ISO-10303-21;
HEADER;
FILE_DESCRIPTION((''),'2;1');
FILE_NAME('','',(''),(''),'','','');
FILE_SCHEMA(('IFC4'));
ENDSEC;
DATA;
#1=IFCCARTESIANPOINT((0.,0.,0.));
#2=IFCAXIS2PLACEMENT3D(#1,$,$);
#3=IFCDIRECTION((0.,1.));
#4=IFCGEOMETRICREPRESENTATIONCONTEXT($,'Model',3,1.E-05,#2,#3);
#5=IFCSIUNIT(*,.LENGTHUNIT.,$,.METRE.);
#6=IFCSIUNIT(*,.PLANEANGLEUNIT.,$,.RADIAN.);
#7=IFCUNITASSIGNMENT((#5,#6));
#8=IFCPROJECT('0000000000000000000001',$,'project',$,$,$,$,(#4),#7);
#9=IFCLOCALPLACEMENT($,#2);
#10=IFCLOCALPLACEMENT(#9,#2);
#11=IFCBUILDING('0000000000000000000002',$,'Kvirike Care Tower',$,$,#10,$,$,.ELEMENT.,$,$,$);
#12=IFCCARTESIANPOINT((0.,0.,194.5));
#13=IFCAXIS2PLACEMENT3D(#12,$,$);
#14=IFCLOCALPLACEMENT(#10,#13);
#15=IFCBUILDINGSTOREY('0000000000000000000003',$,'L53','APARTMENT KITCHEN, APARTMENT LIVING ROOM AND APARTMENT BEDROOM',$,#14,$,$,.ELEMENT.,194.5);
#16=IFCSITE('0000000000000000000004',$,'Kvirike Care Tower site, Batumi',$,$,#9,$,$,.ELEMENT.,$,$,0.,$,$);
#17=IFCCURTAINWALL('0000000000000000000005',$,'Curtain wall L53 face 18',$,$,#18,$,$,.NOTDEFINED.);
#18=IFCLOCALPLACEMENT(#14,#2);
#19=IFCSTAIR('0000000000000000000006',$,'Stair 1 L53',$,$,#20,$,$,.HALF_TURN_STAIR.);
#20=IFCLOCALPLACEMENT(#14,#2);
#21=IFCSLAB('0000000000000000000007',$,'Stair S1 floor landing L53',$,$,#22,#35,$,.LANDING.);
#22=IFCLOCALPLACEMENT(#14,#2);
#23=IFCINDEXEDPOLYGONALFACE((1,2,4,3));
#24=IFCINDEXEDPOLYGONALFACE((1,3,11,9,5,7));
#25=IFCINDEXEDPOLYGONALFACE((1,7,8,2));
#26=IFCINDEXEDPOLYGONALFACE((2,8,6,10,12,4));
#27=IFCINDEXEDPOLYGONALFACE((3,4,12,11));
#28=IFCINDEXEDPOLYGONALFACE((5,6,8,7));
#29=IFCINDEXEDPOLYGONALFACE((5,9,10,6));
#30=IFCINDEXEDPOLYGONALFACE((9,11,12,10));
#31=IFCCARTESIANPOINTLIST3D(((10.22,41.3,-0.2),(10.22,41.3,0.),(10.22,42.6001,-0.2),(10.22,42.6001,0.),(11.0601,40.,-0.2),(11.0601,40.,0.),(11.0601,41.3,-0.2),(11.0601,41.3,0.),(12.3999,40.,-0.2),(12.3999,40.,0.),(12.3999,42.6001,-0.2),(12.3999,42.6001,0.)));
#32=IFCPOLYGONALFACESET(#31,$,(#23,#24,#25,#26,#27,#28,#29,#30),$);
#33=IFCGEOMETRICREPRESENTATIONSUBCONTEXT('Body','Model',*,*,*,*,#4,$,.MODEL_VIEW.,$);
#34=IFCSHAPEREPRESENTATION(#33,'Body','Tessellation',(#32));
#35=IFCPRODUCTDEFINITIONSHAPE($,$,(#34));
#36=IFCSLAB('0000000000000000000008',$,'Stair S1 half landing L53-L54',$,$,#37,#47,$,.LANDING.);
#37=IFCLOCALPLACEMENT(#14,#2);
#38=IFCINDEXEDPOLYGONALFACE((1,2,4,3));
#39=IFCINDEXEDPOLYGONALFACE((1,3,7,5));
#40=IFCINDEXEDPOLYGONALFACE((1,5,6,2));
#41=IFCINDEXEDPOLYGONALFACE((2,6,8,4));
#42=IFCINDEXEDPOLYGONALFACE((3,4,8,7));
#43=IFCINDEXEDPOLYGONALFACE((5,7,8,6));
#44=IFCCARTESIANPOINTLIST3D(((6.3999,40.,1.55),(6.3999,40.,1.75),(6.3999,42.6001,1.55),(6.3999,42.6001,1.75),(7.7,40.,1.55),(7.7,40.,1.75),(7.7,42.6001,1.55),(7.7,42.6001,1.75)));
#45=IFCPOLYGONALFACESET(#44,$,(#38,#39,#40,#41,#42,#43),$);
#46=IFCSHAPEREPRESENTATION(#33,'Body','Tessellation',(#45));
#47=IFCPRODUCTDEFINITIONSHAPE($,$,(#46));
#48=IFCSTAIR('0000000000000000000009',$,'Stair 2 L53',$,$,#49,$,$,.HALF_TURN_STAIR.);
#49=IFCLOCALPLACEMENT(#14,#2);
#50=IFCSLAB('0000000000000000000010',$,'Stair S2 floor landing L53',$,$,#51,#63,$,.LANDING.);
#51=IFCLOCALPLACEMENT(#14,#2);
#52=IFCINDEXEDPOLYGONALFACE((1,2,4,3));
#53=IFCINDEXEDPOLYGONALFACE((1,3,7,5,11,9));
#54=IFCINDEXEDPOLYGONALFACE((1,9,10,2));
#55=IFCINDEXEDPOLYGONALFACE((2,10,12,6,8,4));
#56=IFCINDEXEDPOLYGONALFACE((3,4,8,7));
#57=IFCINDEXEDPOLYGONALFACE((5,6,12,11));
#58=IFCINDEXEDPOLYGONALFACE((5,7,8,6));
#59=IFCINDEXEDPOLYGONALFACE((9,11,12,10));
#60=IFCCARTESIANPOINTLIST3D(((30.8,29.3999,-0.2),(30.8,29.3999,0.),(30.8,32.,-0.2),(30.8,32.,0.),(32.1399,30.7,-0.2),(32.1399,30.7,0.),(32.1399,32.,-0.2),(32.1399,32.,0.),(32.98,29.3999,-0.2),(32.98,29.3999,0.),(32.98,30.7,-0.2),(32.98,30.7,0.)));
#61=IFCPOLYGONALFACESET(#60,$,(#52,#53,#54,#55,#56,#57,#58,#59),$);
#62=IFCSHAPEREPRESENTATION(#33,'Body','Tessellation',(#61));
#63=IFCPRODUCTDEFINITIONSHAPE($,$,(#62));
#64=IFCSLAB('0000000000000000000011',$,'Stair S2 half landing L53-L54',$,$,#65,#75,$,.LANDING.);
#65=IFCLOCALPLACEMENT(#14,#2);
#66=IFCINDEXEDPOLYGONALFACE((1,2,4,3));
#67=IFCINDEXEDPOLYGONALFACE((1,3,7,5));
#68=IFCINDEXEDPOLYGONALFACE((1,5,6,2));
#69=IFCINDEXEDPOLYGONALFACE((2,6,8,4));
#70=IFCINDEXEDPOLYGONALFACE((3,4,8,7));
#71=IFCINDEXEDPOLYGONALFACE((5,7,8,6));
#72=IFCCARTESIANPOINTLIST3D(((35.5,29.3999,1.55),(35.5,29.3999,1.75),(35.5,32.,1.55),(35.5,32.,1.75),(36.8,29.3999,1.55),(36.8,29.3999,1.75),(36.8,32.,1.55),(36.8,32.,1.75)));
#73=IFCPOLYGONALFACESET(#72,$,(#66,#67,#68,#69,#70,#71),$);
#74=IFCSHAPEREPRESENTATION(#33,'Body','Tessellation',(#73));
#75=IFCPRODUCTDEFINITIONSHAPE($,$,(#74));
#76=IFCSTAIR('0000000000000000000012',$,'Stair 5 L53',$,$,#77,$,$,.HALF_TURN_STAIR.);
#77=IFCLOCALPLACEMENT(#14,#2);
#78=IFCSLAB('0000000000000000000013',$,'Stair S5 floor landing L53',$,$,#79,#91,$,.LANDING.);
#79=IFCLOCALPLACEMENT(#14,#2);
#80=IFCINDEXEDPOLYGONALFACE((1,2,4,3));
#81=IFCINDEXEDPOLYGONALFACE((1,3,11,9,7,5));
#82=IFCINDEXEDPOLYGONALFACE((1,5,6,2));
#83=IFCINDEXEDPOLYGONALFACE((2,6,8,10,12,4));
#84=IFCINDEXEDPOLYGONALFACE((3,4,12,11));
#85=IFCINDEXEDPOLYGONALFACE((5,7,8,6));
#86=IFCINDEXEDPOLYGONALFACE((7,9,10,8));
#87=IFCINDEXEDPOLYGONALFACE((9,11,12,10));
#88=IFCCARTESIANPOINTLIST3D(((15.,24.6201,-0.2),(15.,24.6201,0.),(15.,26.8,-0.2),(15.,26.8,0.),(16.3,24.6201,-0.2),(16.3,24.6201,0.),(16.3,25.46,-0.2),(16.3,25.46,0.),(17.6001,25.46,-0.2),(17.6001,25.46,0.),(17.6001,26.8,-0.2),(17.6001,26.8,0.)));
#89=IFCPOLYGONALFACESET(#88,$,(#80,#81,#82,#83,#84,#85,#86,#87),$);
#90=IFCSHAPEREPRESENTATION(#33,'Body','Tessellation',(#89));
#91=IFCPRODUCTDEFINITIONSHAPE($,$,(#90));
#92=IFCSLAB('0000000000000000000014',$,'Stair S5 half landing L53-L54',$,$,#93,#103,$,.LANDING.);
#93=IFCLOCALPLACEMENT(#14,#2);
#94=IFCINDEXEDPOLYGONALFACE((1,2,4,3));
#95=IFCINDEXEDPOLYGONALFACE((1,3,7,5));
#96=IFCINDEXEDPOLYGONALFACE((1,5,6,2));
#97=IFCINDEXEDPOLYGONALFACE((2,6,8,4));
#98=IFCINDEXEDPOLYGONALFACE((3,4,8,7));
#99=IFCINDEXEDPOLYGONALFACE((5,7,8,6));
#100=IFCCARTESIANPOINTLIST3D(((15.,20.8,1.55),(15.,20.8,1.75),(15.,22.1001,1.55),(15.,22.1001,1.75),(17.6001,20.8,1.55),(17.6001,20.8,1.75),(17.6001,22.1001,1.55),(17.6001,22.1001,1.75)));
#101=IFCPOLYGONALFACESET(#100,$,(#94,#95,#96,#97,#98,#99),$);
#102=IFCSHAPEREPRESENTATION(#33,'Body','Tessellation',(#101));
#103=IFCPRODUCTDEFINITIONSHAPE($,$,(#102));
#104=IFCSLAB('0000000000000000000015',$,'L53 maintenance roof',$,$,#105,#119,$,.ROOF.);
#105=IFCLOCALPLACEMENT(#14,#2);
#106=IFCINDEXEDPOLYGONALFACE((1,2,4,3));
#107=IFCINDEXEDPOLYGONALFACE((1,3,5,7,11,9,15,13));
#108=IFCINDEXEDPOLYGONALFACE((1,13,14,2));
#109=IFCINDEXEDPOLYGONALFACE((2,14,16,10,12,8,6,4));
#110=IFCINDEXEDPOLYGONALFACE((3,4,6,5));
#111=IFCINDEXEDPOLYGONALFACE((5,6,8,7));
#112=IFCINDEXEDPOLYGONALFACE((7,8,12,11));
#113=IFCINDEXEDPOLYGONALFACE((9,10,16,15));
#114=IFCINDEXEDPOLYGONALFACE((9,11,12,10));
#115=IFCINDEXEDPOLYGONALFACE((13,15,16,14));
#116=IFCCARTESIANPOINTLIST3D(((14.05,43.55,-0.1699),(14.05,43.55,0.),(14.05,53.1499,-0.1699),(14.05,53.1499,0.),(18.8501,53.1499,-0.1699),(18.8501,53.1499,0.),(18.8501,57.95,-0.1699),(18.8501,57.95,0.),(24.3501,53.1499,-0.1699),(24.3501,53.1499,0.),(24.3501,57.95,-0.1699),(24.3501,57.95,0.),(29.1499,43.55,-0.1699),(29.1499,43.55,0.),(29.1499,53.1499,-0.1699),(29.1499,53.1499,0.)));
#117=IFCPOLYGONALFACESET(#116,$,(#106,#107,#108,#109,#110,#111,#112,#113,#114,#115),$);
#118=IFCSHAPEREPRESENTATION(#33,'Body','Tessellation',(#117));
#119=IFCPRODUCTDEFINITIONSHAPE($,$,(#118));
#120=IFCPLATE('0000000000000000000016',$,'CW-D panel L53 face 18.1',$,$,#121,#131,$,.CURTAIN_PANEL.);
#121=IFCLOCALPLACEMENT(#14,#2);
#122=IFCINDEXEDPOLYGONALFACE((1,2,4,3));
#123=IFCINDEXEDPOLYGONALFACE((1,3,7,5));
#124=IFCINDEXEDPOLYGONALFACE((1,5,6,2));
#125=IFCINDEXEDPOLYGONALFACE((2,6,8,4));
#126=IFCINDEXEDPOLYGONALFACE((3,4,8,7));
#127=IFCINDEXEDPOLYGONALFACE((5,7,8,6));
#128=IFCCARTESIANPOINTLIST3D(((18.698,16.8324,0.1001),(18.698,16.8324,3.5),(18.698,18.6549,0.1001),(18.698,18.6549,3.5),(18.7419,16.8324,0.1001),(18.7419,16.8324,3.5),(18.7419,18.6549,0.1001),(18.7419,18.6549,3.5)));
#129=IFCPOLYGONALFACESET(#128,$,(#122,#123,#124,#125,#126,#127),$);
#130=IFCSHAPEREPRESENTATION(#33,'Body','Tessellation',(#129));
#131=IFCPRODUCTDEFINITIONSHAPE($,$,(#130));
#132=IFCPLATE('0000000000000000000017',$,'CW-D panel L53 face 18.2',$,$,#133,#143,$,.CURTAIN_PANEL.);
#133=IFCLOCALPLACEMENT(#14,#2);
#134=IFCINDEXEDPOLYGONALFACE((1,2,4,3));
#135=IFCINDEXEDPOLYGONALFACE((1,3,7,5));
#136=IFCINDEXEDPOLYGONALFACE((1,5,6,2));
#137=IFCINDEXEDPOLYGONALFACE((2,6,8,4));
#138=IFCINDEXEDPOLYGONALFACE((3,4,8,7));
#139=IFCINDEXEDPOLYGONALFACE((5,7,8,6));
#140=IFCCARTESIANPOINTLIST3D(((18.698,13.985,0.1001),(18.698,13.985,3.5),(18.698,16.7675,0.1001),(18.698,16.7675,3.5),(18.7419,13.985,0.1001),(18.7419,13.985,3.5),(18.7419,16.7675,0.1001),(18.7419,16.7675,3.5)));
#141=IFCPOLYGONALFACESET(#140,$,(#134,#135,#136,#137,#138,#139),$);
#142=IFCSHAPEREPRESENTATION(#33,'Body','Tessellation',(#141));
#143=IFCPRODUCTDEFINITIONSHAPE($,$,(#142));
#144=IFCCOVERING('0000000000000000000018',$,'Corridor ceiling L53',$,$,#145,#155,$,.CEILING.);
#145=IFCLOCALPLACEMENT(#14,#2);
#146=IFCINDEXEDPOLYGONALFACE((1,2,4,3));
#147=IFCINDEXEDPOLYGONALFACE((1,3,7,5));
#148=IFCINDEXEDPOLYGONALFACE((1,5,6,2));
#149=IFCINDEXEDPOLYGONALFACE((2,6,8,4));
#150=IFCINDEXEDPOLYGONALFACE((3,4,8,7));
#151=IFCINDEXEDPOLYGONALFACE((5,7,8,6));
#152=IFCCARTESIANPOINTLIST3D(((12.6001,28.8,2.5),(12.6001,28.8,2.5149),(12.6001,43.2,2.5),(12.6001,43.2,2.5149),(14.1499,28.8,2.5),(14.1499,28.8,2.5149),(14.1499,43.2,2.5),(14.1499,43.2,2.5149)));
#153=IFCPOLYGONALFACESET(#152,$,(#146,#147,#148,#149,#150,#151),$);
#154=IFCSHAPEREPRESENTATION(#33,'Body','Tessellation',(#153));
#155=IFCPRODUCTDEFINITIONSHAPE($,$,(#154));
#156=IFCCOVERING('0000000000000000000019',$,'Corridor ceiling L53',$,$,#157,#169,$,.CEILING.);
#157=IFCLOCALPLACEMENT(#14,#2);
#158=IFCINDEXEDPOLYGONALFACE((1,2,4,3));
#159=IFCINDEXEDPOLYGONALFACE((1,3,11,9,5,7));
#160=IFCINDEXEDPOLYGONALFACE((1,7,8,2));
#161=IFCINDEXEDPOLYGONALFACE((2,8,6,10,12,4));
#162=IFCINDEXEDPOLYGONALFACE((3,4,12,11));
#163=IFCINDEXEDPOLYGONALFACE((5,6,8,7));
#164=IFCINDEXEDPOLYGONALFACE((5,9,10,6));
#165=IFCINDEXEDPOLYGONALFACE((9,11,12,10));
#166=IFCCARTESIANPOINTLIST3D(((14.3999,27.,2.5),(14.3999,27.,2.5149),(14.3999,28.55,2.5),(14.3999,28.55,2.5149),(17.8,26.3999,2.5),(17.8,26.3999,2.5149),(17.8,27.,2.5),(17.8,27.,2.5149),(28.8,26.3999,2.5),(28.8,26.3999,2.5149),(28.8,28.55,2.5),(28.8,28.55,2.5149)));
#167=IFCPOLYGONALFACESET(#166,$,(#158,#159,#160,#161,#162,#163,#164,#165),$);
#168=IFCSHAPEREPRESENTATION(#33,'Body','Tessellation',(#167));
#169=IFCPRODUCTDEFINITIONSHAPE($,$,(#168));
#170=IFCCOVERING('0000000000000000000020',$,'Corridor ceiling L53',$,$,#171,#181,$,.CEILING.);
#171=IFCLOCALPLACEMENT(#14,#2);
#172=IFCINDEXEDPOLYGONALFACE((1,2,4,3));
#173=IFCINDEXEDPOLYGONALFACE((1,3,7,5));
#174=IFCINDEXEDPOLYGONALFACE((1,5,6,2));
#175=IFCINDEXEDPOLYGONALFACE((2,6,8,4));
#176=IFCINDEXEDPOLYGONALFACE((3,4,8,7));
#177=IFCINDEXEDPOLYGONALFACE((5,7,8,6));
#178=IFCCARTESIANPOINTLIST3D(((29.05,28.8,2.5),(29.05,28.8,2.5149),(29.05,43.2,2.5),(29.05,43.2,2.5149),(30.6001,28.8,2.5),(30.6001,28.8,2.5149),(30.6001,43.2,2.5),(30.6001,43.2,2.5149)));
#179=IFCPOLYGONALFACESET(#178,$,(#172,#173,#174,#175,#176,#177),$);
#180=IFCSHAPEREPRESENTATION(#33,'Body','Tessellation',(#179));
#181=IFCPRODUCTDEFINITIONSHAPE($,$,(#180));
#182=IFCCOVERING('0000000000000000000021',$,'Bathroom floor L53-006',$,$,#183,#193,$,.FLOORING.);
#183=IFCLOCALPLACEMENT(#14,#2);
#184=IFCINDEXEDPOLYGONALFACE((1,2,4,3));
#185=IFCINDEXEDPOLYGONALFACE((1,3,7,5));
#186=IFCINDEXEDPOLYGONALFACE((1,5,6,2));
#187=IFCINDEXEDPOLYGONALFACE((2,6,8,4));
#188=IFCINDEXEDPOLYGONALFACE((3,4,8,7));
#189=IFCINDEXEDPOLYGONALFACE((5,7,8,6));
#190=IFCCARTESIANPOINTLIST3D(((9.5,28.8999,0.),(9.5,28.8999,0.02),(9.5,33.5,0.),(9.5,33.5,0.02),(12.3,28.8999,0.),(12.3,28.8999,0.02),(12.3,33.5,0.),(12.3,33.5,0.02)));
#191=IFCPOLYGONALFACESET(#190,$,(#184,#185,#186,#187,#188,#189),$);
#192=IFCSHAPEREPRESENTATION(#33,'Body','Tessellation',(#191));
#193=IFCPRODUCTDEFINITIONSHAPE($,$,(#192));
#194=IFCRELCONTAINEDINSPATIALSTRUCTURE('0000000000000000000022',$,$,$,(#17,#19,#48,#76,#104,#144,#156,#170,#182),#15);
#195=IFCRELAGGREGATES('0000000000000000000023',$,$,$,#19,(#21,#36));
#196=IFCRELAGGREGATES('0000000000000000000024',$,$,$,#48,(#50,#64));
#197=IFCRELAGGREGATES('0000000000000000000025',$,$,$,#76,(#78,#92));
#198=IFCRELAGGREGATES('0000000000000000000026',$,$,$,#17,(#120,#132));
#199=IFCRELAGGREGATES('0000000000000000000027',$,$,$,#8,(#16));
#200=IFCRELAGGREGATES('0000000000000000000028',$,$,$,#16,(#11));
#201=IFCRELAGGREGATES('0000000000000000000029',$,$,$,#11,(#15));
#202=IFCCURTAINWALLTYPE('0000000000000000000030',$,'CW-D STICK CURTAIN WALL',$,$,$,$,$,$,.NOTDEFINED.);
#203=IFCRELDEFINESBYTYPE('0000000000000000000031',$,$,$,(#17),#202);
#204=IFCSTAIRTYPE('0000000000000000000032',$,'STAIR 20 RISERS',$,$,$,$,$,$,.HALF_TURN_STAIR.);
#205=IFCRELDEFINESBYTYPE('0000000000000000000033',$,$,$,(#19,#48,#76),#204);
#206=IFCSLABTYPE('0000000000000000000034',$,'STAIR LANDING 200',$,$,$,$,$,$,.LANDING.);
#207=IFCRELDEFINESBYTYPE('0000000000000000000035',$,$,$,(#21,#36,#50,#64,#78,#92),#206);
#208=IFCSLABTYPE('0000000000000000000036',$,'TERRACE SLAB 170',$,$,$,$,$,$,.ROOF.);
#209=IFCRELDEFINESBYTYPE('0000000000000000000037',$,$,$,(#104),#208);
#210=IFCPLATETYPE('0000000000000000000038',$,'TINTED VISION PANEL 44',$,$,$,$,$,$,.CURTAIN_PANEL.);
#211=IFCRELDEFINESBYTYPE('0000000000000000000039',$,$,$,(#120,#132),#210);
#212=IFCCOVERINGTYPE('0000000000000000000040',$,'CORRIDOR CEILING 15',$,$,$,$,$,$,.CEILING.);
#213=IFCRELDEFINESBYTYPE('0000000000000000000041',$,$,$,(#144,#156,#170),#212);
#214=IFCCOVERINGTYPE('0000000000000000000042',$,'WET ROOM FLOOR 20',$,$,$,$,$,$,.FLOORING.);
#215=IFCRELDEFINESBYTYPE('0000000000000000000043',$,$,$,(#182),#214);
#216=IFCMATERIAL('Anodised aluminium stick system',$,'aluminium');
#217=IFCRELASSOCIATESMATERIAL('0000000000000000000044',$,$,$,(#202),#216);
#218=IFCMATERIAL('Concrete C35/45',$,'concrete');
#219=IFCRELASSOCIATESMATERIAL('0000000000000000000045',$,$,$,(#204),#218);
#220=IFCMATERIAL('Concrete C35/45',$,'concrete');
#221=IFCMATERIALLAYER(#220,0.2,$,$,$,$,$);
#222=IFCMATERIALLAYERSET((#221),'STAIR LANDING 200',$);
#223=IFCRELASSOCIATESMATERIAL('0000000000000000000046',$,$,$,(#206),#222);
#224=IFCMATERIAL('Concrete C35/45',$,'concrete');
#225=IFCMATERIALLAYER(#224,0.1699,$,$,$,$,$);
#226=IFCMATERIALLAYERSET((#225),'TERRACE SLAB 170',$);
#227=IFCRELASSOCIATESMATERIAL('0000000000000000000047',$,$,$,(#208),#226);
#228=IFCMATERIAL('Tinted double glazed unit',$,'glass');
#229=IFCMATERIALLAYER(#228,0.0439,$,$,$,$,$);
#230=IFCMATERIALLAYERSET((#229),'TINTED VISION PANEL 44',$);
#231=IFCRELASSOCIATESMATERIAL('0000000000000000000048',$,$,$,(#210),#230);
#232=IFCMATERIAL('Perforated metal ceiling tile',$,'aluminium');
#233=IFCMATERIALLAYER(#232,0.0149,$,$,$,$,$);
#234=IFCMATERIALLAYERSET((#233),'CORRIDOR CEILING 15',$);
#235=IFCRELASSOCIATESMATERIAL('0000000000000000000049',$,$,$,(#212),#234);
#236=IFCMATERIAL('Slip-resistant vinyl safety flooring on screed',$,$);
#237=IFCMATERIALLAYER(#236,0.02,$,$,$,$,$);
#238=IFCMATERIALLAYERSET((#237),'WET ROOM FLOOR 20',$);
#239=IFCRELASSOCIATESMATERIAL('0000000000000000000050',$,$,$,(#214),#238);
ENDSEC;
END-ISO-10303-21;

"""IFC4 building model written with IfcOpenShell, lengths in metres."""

from ifc_helpers import new_model, si_unit, direction, frame, origin, origin_2d, place, context, subcontext, project, spatial, polyline, rectangle, outline, extrude, material, layer, layer_set, type_object, element, aggregate, save


model = new_model("IFC4")

# Units and contexts
model_context = context("Model", 3, precision=1e-05, world=origin(), true_north=direction((0.0, 1.0)))
body_context = subcontext(model_context, "Body", "Model", "MODEL_VIEW")
ifc_project = project(units=[si_unit("LENGTHUNIT", "METRE"), si_unit("PLANEANGLEUNIT", "RADIAN")], contexts=[model_context])

# Site, building, storey
site_placement = place(None, origin())
site = spatial("IfcSite", under=ifc_project, at=site_placement, Name="Kvirike Care Tower site, Batumi", CompositionType="ELEMENT", RefElevation=0.0)
building_placement = place(site_placement, origin())
building = spatial("IfcBuilding", under=site, at=building_placement, Name="Kvirike Care Tower", CompositionType="ELEMENT")
storey_placement = place(building_placement, frame((0.0, 0.0, 194.5)))
storey = spatial("IfcBuildingStorey", under=building, at=storey_placement, Name="L53", Description="APARTMENT KITCHEN, APARTMENT LIVING ROOM AND APARTMENT BEDROOM", CompositionType="ELEMENT", Elevation=194.5)

# Shared definitions
ifc_material_1 = material(Name="Anodised aluminium stick system", Category="aluminium")
curtain_wall_type = type_object("IfcCurtainWallType", Name="CW-D STICK CURTAIN WALL", PredefinedType="NOTDEFINED", material=ifc_material_1)

# Curtain wall
curtain_wall_1_placement = place(storey_placement, origin())
curtain_wall_1 = element("IfcCurtainWall", 1, at=curtain_wall_1_placement, inside=storey, type_object=curtain_wall_type, Name="Curtain wall L53 face 18", PredefinedType="NOTDEFINED")

# Stairs, slabs
ifc_material_2 = material(Name="Concrete C35/45", Category="concrete")
stair_type = type_object("IfcStairType", Name="STAIR 20 RISERS", PredefinedType="HALF_TURN_STAIR", material=ifc_material_2)
stair_1_placement = place(storey_placement, origin())
stair_1 = element("IfcStair", 2, at=stair_1_placement, inside=storey, type_object=stair_type, Name="Stair 1 L53", PredefinedType="HALF_TURN_STAIR")
ifc_material_3 = material(Name="Concrete C35/45", Category="concrete")
ifc_layer_1 = layer(ifc_material_3, 0.2)
ifc_layer_set_1 = layer_set([ifc_layer_1], Name="STAIR LANDING 200")
slab_type_1 = type_object("IfcSlabType", Name="STAIR LANDING 200", PredefinedType="LANDING", material=ifc_layer_set_1)
slab_1_placement = place(storey_placement, frame((0.0, 0.0, -0.2)))
slab_1 = element("IfcSlab", 3, at=slab_1_placement, type_object=slab_type_1, Name="Stair S1 floor landing L53", PredefinedType="LANDING", context=body_context, shape_type="SweptSolid", body=[
    extrude(outline(polyline([(10.22, 42.6001), (10.22, 41.3), (11.0601, 41.3), (11.0601, 40.0), (12.3999, 40.0), (12.3999, 42.6001), (10.22, 42.6001)])), origin(), (0.0, 0.0, 1.0), 0.2),
])
slab_2_placement = place(storey_placement, frame((0.0, 0.0, 1.55)))
slab_2 = element("IfcSlab", 4, at=slab_2_placement, type_object=slab_type_1, Name="Stair S1 half landing L53-L54", PredefinedType="LANDING", context=body_context, shape_type="SweptSolid", body=[
    extrude(outline(polyline([(6.3999, 42.6001), (6.3999, 40.0), (7.7, 40.0), (7.7, 42.6001), (6.3999, 42.6001)])), origin(), (0.0, 0.0, 1.0), 0.2),
])
aggregate(stair_1, [slab_1, slab_2])
stair_2_placement = place(storey_placement, origin())
stair_2 = element("IfcStair", 5, at=stair_2_placement, inside=storey, type_object=stair_type, Name="Stair 2 L53", PredefinedType="HALF_TURN_STAIR")
slab_3_placement = place(storey_placement, frame((0.0, 0.0, -0.2)))
slab_3 = element("IfcSlab", 6, at=slab_3_placement, type_object=slab_type_1, Name="Stair S2 floor landing L53", PredefinedType="LANDING", context=body_context, shape_type="SweptSolid", body=[
    extrude(outline(polyline([(32.98, 29.3999), (32.98, 30.7), (32.1399, 30.7), (32.1399, 32.0), (30.8, 32.0), (30.8, 29.3999), (32.98, 29.3999)])), origin(), (0.0, 0.0, 1.0), 0.2),
])
slab_4_placement = place(storey_placement, frame((0.0, 0.0, 1.55)))
slab_4 = element("IfcSlab", 7, at=slab_4_placement, type_object=slab_type_1, Name="Stair S2 half landing L53-L54", PredefinedType="LANDING", context=body_context, shape_type="SweptSolid", body=[
    extrude(outline(polyline([(36.8, 29.3999), (36.8, 32.0), (35.5, 32.0), (35.5, 29.3999), (36.8, 29.3999)])), origin(), (0.0, 0.0, 1.0), 0.2),
])
aggregate(stair_2, [slab_3, slab_4])
stair_3_placement = place(storey_placement, origin())
stair_3 = element("IfcStair", 8, at=stair_3_placement, inside=storey, type_object=stair_type, Name="Stair 5 L53", PredefinedType="HALF_TURN_STAIR")
slab_5_placement = place(storey_placement, frame((0.0, 0.0, -0.2)))
slab_5 = element("IfcSlab", 9, at=slab_5_placement, type_object=slab_type_1, Name="Stair S5 floor landing L53", PredefinedType="LANDING", context=body_context, shape_type="SweptSolid", body=[
    extrude(outline(polyline([(15.0, 24.6201), (16.3, 24.6201), (16.3, 25.46), (17.6001, 25.46), (17.6001, 26.8), (15.0, 26.8), (15.0, 24.6201)])), origin(), (0.0, 0.0, 1.0), 0.2),
])
slab_6_placement = place(storey_placement, frame((0.0, 0.0, 1.55)))
slab_6 = element("IfcSlab", 10, at=slab_6_placement, type_object=slab_type_1, Name="Stair S5 half landing L53-L54", PredefinedType="LANDING", context=body_context, shape_type="SweptSolid", body=[
    extrude(outline(polyline([(15.0, 20.8), (17.6001, 20.8), (17.6001, 22.1001), (15.0, 22.1001), (15.0, 20.8)])), origin(), (0.0, 0.0, 1.0), 0.2),
])
aggregate(stair_3, [slab_5, slab_6])

# Slab
ifc_material_4 = material(Name="Concrete C35/45", Category="concrete")
ifc_layer_2 = layer(ifc_material_4, 0.1699)
ifc_layer_set_2 = layer_set([ifc_layer_2], Name="TERRACE SLAB 170")
slab_type_2 = type_object("IfcSlabType", Name="TERRACE SLAB 170", PredefinedType="ROOF", material=ifc_layer_set_2)
slab_7_placement = place(storey_placement, frame((0.0, 0.0, -0.1699)))
element("IfcSlab", 11, at=slab_7_placement, inside=storey, type_object=slab_type_2, Name="L53 maintenance roof", PredefinedType="ROOF", context=body_context, shape_type="SweptSolid", body=[
    extrude(outline(polyline([(14.05, 53.1499), (14.05, 43.55), (29.1499, 43.55), (29.1499, 53.1499), (24.3501, 53.1499), (24.3501, 57.95), (18.8501, 57.95), (18.8501, 53.1499), (14.05, 53.1499)])), origin(), (0.0, 0.0, 1.0), 0.1699),
])

# Plates
ifc_material_5 = material(Name="Tinted double glazed unit", Category="glass")
ifc_layer_3 = layer(ifc_material_5, 0.0439)
ifc_layer_set_3 = layer_set([ifc_layer_3], Name="TINTED VISION PANEL 44")
plate_type = type_object("IfcPlateType", Name="TINTED VISION PANEL 44", PredefinedType="CURTAIN_PANEL", material=ifc_layer_set_3)
plate_1_placement = place(storey_placement, frame((18.72, 17.7437, 0.1001), z_axis=(0.0, 0.0, 1.0), x_axis=(0.0, -1.0, 0.0)))
plate_1 = element("IfcPlate", 12, at=plate_1_placement, type_object=plate_type, Name="CW-D panel L53 face 18.1", PredefinedType="CURTAIN_PANEL", context=body_context, shape_type="SweptSolid", body=[
    extrude(rectangle(XDim=1.8225, YDim=0.0439, at=origin_2d()), origin(), (0.0, 0.0, 1.0), 3.3999),
])
plate_2_placement = place(storey_placement, frame((18.72, 15.3762, 0.1001), z_axis=(0.0, 0.0, 1.0), x_axis=(0.0, -1.0, 0.0)))
plate_2 = element("IfcPlate", 13, at=plate_2_placement, type_object=plate_type, Name="CW-D panel L53 face 18.2", PredefinedType="CURTAIN_PANEL", context=body_context, shape_type="SweptSolid", body=[
    extrude(rectangle(XDim=2.7825, YDim=0.0439, at=origin_2d()), origin(), (0.0, 0.0, 1.0), 3.3999),
])
aggregate(curtain_wall_1, [plate_1, plate_2])

# Coverings
ifc_material_6 = material(Name="Perforated metal ceiling tile", Category="aluminium")
ifc_layer_4 = layer(ifc_material_6, 0.0149)
ifc_layer_set_4 = layer_set([ifc_layer_4], Name="CORRIDOR CEILING 15")
covering_type_1 = type_object("IfcCoveringType", Name="CORRIDOR CEILING 15", PredefinedType="CEILING", material=ifc_layer_set_4)
covering_1_placement = place(storey_placement, frame((0.0, 0.0, 2.5)))
element("IfcCovering", 14, at=covering_1_placement, inside=storey, type_object=covering_type_1, Name="Corridor ceiling L53", PredefinedType="CEILING", context=body_context, shape_type="SweptSolid", body=[
    extrude(outline(polyline([(12.6001, 43.2), (14.1499, 43.2), (14.1499, 28.8), (12.6001, 28.8), (12.6001, 43.2)])), origin(), (0.0, 0.0, 1.0), 0.0149),
])
covering_2_placement = place(storey_placement, frame((0.0, 0.0, 2.5)))
element("IfcCovering", 15, at=covering_2_placement, inside=storey, type_object=covering_type_1, Name="Corridor ceiling L53", PredefinedType="CEILING", context=body_context, shape_type="SweptSolid", body=[
    extrude(outline(polyline([(14.3999, 28.55), (28.8, 28.55), (28.8, 26.3999), (17.8, 26.3999), (17.8, 27.0), (14.3999, 27.0), (14.3999, 28.55)])), origin(), (0.0, 0.0, 1.0), 0.0149),
])
covering_3_placement = place(storey_placement, frame((0.0, 0.0, 2.5)))
element("IfcCovering", 16, at=covering_3_placement, inside=storey, type_object=covering_type_1, Name="Corridor ceiling L53", PredefinedType="CEILING", context=body_context, shape_type="SweptSolid", body=[
    extrude(outline(polyline([(30.6001, 28.8), (29.05, 28.8), (29.05, 43.2), (30.6001, 43.2), (30.6001, 28.8)])), origin(), (0.0, 0.0, 1.0), 0.0149),
])
ifc_material_7 = material(Name="Slip-resistant vinyl safety flooring on screed")
ifc_layer_5 = layer(ifc_material_7, 0.02)
ifc_layer_set_5 = layer_set([ifc_layer_5], Name="WET ROOM FLOOR 20")
covering_type_2 = type_object("IfcCoveringType", Name="WET ROOM FLOOR 20", PredefinedType="FLOORING", material=ifc_layer_set_5)
covering_4_placement = place(storey_placement, origin())
element("IfcCovering", 17, at=covering_4_placement, inside=storey, type_object=covering_type_2, Name="Bathroom floor L53-006", PredefinedType="FLOORING", context=body_context, shape_type="SweptSolid", body=[
    extrude(outline(polyline([(9.5, 33.5), (12.3, 33.5), (12.3, 28.8999), (9.5, 28.8999), (9.5, 33.5)])), origin(), (0.0, 0.0, 1.0), 0.02),
])

save(model, "model.ifc")
